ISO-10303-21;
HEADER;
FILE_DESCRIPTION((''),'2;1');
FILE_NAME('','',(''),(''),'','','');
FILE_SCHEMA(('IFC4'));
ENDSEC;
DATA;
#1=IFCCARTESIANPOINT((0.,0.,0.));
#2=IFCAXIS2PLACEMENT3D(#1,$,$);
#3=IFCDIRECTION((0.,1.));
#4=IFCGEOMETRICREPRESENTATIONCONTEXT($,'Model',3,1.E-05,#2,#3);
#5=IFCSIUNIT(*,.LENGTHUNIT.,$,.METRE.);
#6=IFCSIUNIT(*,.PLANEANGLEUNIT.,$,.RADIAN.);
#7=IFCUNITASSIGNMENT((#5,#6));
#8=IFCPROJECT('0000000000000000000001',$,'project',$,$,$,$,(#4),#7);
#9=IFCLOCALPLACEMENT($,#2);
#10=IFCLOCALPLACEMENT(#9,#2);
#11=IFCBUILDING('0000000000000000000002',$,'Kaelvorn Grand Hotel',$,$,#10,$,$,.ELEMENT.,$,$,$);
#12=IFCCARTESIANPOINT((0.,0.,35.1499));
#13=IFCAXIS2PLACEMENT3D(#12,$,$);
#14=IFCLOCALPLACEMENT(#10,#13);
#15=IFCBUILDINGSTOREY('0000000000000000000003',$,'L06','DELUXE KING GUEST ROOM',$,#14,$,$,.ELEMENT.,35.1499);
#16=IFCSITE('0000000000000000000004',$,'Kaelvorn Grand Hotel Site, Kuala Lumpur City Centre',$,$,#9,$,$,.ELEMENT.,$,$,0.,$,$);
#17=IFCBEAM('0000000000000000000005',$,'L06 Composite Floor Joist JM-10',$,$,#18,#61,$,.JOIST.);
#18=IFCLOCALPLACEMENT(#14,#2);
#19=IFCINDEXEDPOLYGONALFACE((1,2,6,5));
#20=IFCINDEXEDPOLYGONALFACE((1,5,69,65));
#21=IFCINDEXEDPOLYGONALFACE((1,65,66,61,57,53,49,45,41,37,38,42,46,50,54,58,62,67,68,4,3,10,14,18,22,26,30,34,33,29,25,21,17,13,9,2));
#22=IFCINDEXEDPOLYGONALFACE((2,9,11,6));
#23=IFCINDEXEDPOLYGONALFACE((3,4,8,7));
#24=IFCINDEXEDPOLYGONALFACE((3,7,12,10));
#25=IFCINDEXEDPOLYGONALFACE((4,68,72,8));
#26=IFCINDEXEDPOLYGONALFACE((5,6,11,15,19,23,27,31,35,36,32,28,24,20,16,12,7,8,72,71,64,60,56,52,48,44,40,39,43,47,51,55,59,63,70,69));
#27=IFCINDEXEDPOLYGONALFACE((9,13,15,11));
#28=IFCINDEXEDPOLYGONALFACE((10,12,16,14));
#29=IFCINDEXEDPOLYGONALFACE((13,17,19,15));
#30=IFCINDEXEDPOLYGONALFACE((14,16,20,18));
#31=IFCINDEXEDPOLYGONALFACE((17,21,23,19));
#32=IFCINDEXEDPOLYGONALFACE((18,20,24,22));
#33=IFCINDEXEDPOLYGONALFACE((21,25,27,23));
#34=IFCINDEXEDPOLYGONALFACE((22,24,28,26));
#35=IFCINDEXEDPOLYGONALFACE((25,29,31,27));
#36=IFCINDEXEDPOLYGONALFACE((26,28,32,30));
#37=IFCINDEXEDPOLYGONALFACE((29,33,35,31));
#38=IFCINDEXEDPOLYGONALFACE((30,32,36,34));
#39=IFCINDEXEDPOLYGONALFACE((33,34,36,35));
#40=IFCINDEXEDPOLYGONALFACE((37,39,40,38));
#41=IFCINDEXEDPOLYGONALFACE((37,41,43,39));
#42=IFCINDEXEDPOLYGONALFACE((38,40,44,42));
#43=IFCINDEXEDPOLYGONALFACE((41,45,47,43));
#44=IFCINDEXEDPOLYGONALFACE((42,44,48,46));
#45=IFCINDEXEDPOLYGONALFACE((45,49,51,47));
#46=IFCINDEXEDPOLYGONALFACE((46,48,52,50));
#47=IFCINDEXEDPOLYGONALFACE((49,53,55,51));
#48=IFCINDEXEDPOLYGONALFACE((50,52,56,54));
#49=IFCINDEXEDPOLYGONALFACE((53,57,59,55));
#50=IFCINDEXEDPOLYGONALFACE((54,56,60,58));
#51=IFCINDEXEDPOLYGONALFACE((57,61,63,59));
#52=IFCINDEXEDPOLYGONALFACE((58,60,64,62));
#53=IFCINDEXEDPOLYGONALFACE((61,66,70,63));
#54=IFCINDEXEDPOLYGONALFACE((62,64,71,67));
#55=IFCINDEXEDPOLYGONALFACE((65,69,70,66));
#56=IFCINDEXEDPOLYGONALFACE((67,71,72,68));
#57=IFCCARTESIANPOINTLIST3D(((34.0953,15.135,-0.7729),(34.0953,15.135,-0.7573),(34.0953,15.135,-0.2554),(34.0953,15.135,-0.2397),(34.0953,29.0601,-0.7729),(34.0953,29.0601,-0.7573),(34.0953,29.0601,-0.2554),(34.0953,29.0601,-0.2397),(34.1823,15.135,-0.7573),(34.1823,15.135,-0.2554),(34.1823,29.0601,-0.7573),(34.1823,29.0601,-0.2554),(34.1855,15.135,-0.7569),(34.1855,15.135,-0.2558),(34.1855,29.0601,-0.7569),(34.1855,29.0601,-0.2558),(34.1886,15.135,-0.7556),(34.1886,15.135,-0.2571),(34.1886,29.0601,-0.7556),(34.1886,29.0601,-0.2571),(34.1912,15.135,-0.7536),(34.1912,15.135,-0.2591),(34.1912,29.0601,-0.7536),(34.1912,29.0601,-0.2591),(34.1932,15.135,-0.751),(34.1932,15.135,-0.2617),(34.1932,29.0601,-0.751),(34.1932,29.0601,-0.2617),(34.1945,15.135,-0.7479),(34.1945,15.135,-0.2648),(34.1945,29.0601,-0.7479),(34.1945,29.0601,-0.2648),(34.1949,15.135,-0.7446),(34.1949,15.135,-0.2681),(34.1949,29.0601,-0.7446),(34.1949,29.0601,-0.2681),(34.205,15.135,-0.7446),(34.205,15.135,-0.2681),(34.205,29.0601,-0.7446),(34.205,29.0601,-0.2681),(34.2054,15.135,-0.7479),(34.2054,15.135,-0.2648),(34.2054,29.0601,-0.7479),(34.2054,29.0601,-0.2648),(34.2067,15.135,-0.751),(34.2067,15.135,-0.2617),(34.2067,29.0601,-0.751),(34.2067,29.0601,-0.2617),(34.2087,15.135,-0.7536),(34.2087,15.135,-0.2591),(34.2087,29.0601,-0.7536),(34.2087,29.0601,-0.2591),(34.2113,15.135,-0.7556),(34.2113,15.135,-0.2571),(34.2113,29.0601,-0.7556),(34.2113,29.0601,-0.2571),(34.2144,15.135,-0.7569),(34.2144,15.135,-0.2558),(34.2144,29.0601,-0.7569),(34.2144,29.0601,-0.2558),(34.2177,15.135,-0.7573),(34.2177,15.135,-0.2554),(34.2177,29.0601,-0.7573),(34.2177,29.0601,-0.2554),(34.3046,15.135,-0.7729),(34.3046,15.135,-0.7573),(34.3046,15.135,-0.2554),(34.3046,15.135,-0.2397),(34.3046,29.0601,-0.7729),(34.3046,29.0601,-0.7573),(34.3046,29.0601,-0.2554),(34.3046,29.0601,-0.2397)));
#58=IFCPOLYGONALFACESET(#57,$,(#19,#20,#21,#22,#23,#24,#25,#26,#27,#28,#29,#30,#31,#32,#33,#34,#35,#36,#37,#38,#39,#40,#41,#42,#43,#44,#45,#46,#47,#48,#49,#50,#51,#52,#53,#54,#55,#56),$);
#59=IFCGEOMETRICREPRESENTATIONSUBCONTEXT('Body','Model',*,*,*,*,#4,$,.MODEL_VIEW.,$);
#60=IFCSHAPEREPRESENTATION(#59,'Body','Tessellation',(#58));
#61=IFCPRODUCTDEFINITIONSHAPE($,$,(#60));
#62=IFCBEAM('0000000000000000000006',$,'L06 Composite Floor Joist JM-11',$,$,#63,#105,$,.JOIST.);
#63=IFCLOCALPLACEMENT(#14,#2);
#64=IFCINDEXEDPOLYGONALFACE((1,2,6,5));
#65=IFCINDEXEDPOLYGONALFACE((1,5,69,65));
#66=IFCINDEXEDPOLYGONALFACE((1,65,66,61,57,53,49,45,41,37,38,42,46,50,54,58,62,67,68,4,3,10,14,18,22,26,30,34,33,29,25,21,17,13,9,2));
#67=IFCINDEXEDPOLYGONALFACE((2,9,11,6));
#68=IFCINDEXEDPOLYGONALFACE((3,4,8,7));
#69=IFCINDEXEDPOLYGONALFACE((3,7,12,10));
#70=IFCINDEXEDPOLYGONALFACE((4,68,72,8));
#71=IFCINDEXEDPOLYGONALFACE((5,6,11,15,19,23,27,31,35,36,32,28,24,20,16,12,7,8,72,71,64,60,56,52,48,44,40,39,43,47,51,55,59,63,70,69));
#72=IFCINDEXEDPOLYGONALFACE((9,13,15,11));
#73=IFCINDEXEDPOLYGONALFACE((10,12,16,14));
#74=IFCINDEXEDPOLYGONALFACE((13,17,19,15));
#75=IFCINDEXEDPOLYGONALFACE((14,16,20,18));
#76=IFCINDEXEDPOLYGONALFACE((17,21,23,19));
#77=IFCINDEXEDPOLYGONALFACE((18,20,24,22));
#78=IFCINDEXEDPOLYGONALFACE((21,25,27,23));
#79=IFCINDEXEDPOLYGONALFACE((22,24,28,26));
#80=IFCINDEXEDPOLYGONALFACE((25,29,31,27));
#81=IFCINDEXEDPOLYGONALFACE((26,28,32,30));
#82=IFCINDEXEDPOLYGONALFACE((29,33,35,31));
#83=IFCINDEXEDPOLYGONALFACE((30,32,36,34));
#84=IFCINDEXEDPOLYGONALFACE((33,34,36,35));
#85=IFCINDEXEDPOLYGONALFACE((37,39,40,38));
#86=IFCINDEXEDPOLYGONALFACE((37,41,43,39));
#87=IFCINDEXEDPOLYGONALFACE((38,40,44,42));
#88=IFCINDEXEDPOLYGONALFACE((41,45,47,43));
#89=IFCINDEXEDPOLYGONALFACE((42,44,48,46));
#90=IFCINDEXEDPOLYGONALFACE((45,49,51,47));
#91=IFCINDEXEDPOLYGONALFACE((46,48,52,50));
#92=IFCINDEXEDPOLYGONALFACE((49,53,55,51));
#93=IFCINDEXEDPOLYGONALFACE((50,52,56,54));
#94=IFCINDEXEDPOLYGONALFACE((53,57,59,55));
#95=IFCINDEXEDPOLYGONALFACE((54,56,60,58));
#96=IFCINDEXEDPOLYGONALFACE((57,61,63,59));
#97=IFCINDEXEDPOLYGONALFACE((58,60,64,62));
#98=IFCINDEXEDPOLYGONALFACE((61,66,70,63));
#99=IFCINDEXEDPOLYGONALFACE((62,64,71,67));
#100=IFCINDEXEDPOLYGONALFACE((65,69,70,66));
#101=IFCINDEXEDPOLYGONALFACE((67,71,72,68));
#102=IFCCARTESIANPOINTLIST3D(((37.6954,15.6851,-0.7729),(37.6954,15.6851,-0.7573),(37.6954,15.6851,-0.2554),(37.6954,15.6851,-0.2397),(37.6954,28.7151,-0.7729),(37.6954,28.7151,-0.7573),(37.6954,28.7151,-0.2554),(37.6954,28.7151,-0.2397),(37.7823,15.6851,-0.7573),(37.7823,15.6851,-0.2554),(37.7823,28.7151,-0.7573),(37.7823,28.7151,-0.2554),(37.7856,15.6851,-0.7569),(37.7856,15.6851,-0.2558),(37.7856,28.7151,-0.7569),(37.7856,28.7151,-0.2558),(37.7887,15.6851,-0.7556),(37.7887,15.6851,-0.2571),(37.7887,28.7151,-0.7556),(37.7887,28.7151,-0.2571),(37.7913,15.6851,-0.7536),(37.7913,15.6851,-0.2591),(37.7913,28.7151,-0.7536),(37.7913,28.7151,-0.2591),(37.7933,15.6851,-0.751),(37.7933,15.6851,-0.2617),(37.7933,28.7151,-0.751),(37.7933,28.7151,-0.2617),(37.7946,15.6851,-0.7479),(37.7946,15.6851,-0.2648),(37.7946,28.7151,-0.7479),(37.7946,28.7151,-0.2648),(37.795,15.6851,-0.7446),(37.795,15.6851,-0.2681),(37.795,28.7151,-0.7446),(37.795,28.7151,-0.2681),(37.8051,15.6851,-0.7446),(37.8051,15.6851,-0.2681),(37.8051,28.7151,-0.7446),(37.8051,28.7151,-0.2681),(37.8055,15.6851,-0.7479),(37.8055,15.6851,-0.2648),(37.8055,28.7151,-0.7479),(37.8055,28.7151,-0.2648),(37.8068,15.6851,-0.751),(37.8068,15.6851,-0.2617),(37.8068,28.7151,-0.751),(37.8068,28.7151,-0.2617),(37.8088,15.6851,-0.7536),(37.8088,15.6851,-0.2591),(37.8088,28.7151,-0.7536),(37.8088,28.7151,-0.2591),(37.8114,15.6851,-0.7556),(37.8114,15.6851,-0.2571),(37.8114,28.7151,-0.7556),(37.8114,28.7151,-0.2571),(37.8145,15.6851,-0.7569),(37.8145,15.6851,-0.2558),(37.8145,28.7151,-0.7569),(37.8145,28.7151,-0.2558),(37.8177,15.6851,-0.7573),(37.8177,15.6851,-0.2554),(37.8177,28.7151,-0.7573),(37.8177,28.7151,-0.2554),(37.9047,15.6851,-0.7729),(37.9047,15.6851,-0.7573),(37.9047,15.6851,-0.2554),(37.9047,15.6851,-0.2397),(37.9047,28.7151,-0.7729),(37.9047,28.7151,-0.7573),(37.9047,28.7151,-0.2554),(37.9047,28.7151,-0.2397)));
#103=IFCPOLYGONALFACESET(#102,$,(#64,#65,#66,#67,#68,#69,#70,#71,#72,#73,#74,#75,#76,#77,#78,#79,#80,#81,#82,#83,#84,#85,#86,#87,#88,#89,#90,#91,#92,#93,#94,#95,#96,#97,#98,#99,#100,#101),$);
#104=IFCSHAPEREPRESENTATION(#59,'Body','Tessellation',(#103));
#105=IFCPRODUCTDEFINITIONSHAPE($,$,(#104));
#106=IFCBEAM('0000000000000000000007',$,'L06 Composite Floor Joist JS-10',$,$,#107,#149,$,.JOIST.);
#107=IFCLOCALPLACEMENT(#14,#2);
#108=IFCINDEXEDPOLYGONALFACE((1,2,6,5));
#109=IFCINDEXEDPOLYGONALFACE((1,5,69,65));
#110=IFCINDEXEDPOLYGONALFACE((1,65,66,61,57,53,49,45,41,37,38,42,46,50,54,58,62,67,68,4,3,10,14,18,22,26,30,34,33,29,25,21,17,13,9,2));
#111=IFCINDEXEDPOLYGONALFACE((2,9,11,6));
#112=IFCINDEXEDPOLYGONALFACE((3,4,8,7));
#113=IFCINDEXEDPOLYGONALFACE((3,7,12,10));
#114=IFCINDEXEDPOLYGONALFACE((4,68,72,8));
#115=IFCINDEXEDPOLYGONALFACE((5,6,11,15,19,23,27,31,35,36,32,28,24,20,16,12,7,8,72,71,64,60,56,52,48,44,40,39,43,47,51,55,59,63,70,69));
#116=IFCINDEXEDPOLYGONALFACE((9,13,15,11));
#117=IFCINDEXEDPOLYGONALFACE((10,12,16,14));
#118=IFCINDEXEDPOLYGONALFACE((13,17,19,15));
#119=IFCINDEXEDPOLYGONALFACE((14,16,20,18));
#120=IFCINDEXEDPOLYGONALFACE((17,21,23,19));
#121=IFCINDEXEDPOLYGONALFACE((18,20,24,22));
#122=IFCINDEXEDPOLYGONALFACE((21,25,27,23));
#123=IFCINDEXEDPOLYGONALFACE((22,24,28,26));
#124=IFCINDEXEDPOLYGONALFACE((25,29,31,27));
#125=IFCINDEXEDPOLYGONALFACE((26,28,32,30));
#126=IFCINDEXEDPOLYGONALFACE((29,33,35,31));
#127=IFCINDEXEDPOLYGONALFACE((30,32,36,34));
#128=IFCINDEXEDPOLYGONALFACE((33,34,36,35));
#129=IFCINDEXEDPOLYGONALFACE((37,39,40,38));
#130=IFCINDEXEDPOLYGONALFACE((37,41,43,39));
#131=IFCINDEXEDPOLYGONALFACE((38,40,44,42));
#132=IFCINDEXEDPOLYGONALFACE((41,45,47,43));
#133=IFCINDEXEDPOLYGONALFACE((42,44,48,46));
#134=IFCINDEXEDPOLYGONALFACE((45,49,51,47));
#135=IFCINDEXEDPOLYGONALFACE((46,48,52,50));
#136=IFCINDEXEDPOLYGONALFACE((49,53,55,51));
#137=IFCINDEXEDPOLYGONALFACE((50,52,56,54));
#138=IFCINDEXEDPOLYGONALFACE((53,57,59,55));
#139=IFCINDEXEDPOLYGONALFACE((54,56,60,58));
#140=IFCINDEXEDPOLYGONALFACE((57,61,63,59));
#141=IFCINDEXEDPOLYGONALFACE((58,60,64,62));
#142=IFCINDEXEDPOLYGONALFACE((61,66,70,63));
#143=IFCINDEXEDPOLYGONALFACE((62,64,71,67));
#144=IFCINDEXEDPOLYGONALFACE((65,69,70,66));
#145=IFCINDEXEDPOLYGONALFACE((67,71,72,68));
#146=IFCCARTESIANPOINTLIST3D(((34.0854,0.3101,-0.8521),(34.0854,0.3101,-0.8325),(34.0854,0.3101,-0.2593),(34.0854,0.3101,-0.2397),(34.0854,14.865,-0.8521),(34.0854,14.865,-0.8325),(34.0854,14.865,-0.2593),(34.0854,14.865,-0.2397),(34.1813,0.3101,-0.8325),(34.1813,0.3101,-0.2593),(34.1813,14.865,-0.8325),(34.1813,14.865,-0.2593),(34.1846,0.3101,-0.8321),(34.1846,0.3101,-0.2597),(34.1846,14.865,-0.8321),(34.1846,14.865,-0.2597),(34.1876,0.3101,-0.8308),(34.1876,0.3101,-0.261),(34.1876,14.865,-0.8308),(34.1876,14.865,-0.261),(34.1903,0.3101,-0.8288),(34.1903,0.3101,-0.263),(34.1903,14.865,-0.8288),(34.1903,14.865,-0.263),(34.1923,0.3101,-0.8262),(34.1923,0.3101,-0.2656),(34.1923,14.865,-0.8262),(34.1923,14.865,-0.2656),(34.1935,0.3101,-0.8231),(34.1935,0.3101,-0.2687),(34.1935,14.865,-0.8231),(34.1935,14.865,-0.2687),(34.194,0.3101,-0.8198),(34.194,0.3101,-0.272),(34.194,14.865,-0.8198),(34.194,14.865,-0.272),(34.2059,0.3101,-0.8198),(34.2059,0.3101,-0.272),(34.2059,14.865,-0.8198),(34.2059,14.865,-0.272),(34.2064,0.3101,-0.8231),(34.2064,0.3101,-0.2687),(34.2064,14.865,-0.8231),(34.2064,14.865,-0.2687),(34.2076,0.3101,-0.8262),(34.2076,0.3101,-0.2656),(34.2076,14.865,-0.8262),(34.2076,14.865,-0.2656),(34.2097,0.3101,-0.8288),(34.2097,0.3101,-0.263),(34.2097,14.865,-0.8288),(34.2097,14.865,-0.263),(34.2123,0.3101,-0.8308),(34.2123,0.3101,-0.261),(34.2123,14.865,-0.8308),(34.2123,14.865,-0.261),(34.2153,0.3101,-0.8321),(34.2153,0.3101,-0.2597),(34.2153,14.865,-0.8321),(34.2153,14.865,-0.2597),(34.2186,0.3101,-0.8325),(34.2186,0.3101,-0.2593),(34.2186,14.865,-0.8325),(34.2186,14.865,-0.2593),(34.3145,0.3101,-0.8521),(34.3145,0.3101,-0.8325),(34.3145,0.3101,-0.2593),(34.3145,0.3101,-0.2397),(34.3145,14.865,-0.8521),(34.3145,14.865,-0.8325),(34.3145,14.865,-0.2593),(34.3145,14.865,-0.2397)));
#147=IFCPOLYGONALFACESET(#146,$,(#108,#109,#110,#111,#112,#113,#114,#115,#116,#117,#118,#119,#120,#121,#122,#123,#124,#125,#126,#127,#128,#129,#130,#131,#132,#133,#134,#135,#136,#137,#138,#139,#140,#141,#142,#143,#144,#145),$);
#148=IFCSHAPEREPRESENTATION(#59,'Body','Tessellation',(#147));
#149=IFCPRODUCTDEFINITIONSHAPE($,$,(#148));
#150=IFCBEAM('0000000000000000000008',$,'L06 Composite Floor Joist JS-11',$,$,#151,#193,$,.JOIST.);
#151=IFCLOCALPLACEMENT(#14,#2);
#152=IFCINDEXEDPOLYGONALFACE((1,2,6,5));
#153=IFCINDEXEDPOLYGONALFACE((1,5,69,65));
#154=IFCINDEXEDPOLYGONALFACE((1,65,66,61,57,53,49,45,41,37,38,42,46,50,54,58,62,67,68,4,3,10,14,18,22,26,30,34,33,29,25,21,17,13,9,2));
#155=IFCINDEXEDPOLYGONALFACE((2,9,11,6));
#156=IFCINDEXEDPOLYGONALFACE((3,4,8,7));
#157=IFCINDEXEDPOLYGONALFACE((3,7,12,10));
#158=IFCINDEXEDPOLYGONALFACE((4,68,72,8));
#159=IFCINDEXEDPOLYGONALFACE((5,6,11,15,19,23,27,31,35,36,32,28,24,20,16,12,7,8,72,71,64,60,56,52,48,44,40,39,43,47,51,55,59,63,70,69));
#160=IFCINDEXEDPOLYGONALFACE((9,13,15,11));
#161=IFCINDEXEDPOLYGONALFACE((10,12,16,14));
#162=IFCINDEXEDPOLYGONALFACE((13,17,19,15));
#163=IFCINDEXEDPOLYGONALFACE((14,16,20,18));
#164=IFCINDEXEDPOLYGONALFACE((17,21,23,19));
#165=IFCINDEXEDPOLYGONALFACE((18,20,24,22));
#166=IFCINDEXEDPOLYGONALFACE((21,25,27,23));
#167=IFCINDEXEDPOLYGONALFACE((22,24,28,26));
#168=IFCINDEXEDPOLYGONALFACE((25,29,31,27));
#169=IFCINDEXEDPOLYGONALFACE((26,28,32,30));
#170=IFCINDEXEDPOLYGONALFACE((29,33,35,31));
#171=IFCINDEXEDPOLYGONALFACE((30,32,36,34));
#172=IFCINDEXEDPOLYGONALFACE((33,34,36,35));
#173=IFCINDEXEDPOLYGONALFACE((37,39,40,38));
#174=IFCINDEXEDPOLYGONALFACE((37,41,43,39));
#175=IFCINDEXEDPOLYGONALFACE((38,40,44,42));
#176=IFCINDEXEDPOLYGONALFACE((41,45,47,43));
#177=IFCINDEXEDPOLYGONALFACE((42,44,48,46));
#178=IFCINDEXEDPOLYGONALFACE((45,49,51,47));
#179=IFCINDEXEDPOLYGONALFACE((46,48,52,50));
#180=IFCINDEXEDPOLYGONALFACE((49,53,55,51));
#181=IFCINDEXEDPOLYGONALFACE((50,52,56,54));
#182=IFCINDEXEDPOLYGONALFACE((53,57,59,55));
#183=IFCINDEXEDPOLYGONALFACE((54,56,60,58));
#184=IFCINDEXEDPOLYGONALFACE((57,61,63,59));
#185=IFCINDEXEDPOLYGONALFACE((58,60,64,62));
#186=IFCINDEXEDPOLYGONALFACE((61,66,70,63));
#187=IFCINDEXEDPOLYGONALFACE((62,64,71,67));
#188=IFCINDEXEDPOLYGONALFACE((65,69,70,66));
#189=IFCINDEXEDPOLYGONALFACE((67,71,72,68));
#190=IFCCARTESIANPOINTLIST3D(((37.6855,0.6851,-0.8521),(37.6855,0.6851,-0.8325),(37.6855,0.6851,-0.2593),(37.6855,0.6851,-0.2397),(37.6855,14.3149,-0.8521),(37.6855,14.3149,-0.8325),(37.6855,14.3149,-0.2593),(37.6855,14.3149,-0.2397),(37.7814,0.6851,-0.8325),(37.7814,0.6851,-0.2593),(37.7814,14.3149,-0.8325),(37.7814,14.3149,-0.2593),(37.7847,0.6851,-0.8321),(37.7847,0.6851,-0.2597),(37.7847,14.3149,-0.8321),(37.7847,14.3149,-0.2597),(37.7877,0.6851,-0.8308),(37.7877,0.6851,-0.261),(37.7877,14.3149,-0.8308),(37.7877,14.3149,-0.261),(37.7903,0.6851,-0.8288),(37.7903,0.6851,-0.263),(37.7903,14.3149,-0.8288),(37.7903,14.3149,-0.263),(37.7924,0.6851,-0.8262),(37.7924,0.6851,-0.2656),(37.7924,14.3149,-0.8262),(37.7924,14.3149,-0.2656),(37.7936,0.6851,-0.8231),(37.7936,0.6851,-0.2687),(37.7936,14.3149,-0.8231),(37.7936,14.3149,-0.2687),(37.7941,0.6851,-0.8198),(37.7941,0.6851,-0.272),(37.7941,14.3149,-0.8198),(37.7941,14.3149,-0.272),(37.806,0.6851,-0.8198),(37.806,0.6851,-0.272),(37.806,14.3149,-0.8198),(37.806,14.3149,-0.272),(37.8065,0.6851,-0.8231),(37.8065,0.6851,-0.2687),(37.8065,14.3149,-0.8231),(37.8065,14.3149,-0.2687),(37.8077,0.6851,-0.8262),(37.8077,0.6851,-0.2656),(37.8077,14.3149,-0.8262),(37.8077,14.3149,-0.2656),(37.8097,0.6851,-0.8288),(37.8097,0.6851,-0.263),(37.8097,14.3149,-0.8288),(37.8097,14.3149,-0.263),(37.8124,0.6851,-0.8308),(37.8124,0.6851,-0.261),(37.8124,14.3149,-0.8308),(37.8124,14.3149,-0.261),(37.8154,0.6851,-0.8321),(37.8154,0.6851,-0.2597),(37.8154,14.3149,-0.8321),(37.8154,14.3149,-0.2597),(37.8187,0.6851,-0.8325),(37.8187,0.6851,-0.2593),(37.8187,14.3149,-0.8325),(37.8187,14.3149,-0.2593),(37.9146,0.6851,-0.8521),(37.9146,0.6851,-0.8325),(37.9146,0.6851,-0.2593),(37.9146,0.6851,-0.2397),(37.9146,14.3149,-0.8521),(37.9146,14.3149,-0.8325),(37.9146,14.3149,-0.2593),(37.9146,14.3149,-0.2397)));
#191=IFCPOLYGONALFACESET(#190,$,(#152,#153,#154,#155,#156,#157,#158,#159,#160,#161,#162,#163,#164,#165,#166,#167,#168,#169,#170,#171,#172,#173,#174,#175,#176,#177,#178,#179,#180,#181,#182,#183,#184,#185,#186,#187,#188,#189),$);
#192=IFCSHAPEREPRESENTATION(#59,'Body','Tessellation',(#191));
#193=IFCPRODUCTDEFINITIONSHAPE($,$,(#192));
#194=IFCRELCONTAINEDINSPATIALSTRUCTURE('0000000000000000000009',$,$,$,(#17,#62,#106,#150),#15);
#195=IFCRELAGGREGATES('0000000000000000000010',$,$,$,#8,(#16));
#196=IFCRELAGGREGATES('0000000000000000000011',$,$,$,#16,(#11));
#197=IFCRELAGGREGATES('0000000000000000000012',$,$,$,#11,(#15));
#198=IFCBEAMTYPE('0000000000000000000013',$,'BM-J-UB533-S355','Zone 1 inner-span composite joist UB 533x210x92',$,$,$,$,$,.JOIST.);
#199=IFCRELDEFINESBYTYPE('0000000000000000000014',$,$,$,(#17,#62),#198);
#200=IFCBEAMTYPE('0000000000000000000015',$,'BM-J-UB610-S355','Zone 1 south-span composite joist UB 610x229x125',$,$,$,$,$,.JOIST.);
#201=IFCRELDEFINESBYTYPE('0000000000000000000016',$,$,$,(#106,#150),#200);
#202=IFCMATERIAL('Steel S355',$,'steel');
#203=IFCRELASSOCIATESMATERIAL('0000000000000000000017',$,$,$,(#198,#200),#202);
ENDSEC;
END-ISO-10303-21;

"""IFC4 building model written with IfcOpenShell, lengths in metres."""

from ifc_helpers import new_model, si_unit, direction, frame, origin, origin_2d, place, context, subcontext, project, spatial, i_section, extrude, material, material_profile, profile_set, type_object, element, save


model = new_model("IFC4")

# Units and contexts
model_context = context("Model", 3, precision=1e-05, world=origin(), true_north=direction((0.0, 1.0)))
body_context = subcontext(model_context, "Body", "Model", "MODEL_VIEW")
ifc_project = project(units=[si_unit("LENGTHUNIT", "METRE"), si_unit("PLANEANGLEUNIT", "RADIAN")], contexts=[model_context])

# Site, building, storey
site_placement = place(None, origin())
site = spatial("IfcSite", under=ifc_project, at=site_placement, Name="Kaelvorn Grand Hotel Site, Kuala Lumpur City Centre", CompositionType="ELEMENT", RefElevation=0.0)
building_placement = place(site_placement, origin())
building = spatial("IfcBuilding", under=site, at=building_placement, Name="Kaelvorn Grand Hotel", CompositionType="ELEMENT")
storey_placement = place(building_placement, frame((0.0, 0.0, 35.1499)))
storey = spatial("IfcBuildingStorey", under=building, at=storey_placement, Name="L06", Description="DELUXE KING GUEST ROOM", CompositionType="ELEMENT", Elevation=35.1499)

# Beams
ifc_material_1 = material(Name="Steel S355", Category="steel")
ifc_material_profile_1 = material_profile(ifc_material_1, i_section(OverallWidth=0.2092, OverallDepth=0.5332, WebThickness=0.01, FlangeThickness=0.0156, FilletRadius=0.0127, at=origin_2d()), Name="UB 533x210x92")
ifc_profile_set_1 = profile_set([ifc_material_profile_1], Name="Steel S355")
beam_type_1 = type_object("IfcBeamType", Name="BM-J-UB533-S355", Description="Zone 1 inner-span composite joist UB 533x210x92", PredefinedType="JOIST", material=ifc_profile_set_1)
beam_1_placement = place(storey_placement, frame((34.2, 15.135, -0.5063), z_axis=(0.0, 1.0, 0.0), x_axis=(-1.0, 0.0, 0.0)))
element("IfcBeam", 1, at=beam_1_placement, inside=storey, type_object=beam_type_1, Name="L06 Composite Floor Joist JM-10", PredefinedType="JOIST", context=body_context, shape_type="SweptSolid", body=[
    extrude(i_section(OverallWidth=0.2092, OverallDepth=0.5332, WebThickness=0.01, FlangeThickness=0.0156, FilletRadius=0.0127, at=origin_2d()), origin(), (0.0, 0.0, 1.0), 13.925),
])
beam_2_placement = place(storey_placement, frame((37.8, 15.6851, -0.5063), z_axis=(0.0, 1.0, 0.0), x_axis=(-1.0, 0.0, 0.0)))
element("IfcBeam", 2, at=beam_2_placement, inside=storey, type_object=beam_type_1, Name="L06 Composite Floor Joist JM-11", PredefinedType="JOIST", context=body_context, shape_type="SweptSolid", body=[
    extrude(i_section(OverallWidth=0.2092, OverallDepth=0.5332, WebThickness=0.01, FlangeThickness=0.0156, FilletRadius=0.0127, at=origin_2d()), origin(), (0.0, 0.0, 1.0), 13.03),
])
ifc_material_profile_2 = material_profile(ifc_material_1, i_section(OverallWidth=0.229, OverallDepth=0.6123, WebThickness=0.012, FlangeThickness=0.0195, FilletRadius=0.0127, at=origin_2d()), Name="UB 610x229x125")
ifc_profile_set_2 = profile_set([ifc_material_profile_2], Name="Steel S355")
beam_type_2 = type_object("IfcBeamType", Name="BM-J-UB610-S355", Description="Zone 1 south-span composite joist UB 610x229x125", PredefinedType="JOIST", material=ifc_profile_set_2)
beam_3_placement = place(storey_placement, frame((34.2, 0.3101, -0.5459), z_axis=(0.0, 1.0, 0.0), x_axis=(-1.0, 0.0, 0.0)))
element("IfcBeam", 3, at=beam_3_placement, inside=storey, type_object=beam_type_2, Name="L06 Composite Floor Joist JS-10", PredefinedType="JOIST", context=body_context, shape_type="SweptSolid", body=[
    extrude(i_section(OverallWidth=0.229, OverallDepth=0.6123, WebThickness=0.012, FlangeThickness=0.0195, FilletRadius=0.0127, at=origin_2d()), origin(), (0.0, 0.0, 1.0), 14.5549),
])
beam_4_placement = place(storey_placement, frame((37.8, 0.6851, -0.5459), z_axis=(0.0, 1.0, 0.0), x_axis=(-1.0, 0.0, 0.0)))
element("IfcBeam", 4, at=beam_4_placement, inside=storey, type_object=beam_type_2, Name="L06 Composite Floor Joist JS-11", PredefinedType="JOIST", context=body_context, shape_type="SweptSolid", body=[
    extrude(i_section(OverallWidth=0.229, OverallDepth=0.6123, WebThickness=0.012, FlangeThickness=0.0195, FilletRadius=0.0127, at=origin_2d()), origin(), (0.0, 0.0, 1.0), 13.6299),
])

save(model, "model.ifc")
